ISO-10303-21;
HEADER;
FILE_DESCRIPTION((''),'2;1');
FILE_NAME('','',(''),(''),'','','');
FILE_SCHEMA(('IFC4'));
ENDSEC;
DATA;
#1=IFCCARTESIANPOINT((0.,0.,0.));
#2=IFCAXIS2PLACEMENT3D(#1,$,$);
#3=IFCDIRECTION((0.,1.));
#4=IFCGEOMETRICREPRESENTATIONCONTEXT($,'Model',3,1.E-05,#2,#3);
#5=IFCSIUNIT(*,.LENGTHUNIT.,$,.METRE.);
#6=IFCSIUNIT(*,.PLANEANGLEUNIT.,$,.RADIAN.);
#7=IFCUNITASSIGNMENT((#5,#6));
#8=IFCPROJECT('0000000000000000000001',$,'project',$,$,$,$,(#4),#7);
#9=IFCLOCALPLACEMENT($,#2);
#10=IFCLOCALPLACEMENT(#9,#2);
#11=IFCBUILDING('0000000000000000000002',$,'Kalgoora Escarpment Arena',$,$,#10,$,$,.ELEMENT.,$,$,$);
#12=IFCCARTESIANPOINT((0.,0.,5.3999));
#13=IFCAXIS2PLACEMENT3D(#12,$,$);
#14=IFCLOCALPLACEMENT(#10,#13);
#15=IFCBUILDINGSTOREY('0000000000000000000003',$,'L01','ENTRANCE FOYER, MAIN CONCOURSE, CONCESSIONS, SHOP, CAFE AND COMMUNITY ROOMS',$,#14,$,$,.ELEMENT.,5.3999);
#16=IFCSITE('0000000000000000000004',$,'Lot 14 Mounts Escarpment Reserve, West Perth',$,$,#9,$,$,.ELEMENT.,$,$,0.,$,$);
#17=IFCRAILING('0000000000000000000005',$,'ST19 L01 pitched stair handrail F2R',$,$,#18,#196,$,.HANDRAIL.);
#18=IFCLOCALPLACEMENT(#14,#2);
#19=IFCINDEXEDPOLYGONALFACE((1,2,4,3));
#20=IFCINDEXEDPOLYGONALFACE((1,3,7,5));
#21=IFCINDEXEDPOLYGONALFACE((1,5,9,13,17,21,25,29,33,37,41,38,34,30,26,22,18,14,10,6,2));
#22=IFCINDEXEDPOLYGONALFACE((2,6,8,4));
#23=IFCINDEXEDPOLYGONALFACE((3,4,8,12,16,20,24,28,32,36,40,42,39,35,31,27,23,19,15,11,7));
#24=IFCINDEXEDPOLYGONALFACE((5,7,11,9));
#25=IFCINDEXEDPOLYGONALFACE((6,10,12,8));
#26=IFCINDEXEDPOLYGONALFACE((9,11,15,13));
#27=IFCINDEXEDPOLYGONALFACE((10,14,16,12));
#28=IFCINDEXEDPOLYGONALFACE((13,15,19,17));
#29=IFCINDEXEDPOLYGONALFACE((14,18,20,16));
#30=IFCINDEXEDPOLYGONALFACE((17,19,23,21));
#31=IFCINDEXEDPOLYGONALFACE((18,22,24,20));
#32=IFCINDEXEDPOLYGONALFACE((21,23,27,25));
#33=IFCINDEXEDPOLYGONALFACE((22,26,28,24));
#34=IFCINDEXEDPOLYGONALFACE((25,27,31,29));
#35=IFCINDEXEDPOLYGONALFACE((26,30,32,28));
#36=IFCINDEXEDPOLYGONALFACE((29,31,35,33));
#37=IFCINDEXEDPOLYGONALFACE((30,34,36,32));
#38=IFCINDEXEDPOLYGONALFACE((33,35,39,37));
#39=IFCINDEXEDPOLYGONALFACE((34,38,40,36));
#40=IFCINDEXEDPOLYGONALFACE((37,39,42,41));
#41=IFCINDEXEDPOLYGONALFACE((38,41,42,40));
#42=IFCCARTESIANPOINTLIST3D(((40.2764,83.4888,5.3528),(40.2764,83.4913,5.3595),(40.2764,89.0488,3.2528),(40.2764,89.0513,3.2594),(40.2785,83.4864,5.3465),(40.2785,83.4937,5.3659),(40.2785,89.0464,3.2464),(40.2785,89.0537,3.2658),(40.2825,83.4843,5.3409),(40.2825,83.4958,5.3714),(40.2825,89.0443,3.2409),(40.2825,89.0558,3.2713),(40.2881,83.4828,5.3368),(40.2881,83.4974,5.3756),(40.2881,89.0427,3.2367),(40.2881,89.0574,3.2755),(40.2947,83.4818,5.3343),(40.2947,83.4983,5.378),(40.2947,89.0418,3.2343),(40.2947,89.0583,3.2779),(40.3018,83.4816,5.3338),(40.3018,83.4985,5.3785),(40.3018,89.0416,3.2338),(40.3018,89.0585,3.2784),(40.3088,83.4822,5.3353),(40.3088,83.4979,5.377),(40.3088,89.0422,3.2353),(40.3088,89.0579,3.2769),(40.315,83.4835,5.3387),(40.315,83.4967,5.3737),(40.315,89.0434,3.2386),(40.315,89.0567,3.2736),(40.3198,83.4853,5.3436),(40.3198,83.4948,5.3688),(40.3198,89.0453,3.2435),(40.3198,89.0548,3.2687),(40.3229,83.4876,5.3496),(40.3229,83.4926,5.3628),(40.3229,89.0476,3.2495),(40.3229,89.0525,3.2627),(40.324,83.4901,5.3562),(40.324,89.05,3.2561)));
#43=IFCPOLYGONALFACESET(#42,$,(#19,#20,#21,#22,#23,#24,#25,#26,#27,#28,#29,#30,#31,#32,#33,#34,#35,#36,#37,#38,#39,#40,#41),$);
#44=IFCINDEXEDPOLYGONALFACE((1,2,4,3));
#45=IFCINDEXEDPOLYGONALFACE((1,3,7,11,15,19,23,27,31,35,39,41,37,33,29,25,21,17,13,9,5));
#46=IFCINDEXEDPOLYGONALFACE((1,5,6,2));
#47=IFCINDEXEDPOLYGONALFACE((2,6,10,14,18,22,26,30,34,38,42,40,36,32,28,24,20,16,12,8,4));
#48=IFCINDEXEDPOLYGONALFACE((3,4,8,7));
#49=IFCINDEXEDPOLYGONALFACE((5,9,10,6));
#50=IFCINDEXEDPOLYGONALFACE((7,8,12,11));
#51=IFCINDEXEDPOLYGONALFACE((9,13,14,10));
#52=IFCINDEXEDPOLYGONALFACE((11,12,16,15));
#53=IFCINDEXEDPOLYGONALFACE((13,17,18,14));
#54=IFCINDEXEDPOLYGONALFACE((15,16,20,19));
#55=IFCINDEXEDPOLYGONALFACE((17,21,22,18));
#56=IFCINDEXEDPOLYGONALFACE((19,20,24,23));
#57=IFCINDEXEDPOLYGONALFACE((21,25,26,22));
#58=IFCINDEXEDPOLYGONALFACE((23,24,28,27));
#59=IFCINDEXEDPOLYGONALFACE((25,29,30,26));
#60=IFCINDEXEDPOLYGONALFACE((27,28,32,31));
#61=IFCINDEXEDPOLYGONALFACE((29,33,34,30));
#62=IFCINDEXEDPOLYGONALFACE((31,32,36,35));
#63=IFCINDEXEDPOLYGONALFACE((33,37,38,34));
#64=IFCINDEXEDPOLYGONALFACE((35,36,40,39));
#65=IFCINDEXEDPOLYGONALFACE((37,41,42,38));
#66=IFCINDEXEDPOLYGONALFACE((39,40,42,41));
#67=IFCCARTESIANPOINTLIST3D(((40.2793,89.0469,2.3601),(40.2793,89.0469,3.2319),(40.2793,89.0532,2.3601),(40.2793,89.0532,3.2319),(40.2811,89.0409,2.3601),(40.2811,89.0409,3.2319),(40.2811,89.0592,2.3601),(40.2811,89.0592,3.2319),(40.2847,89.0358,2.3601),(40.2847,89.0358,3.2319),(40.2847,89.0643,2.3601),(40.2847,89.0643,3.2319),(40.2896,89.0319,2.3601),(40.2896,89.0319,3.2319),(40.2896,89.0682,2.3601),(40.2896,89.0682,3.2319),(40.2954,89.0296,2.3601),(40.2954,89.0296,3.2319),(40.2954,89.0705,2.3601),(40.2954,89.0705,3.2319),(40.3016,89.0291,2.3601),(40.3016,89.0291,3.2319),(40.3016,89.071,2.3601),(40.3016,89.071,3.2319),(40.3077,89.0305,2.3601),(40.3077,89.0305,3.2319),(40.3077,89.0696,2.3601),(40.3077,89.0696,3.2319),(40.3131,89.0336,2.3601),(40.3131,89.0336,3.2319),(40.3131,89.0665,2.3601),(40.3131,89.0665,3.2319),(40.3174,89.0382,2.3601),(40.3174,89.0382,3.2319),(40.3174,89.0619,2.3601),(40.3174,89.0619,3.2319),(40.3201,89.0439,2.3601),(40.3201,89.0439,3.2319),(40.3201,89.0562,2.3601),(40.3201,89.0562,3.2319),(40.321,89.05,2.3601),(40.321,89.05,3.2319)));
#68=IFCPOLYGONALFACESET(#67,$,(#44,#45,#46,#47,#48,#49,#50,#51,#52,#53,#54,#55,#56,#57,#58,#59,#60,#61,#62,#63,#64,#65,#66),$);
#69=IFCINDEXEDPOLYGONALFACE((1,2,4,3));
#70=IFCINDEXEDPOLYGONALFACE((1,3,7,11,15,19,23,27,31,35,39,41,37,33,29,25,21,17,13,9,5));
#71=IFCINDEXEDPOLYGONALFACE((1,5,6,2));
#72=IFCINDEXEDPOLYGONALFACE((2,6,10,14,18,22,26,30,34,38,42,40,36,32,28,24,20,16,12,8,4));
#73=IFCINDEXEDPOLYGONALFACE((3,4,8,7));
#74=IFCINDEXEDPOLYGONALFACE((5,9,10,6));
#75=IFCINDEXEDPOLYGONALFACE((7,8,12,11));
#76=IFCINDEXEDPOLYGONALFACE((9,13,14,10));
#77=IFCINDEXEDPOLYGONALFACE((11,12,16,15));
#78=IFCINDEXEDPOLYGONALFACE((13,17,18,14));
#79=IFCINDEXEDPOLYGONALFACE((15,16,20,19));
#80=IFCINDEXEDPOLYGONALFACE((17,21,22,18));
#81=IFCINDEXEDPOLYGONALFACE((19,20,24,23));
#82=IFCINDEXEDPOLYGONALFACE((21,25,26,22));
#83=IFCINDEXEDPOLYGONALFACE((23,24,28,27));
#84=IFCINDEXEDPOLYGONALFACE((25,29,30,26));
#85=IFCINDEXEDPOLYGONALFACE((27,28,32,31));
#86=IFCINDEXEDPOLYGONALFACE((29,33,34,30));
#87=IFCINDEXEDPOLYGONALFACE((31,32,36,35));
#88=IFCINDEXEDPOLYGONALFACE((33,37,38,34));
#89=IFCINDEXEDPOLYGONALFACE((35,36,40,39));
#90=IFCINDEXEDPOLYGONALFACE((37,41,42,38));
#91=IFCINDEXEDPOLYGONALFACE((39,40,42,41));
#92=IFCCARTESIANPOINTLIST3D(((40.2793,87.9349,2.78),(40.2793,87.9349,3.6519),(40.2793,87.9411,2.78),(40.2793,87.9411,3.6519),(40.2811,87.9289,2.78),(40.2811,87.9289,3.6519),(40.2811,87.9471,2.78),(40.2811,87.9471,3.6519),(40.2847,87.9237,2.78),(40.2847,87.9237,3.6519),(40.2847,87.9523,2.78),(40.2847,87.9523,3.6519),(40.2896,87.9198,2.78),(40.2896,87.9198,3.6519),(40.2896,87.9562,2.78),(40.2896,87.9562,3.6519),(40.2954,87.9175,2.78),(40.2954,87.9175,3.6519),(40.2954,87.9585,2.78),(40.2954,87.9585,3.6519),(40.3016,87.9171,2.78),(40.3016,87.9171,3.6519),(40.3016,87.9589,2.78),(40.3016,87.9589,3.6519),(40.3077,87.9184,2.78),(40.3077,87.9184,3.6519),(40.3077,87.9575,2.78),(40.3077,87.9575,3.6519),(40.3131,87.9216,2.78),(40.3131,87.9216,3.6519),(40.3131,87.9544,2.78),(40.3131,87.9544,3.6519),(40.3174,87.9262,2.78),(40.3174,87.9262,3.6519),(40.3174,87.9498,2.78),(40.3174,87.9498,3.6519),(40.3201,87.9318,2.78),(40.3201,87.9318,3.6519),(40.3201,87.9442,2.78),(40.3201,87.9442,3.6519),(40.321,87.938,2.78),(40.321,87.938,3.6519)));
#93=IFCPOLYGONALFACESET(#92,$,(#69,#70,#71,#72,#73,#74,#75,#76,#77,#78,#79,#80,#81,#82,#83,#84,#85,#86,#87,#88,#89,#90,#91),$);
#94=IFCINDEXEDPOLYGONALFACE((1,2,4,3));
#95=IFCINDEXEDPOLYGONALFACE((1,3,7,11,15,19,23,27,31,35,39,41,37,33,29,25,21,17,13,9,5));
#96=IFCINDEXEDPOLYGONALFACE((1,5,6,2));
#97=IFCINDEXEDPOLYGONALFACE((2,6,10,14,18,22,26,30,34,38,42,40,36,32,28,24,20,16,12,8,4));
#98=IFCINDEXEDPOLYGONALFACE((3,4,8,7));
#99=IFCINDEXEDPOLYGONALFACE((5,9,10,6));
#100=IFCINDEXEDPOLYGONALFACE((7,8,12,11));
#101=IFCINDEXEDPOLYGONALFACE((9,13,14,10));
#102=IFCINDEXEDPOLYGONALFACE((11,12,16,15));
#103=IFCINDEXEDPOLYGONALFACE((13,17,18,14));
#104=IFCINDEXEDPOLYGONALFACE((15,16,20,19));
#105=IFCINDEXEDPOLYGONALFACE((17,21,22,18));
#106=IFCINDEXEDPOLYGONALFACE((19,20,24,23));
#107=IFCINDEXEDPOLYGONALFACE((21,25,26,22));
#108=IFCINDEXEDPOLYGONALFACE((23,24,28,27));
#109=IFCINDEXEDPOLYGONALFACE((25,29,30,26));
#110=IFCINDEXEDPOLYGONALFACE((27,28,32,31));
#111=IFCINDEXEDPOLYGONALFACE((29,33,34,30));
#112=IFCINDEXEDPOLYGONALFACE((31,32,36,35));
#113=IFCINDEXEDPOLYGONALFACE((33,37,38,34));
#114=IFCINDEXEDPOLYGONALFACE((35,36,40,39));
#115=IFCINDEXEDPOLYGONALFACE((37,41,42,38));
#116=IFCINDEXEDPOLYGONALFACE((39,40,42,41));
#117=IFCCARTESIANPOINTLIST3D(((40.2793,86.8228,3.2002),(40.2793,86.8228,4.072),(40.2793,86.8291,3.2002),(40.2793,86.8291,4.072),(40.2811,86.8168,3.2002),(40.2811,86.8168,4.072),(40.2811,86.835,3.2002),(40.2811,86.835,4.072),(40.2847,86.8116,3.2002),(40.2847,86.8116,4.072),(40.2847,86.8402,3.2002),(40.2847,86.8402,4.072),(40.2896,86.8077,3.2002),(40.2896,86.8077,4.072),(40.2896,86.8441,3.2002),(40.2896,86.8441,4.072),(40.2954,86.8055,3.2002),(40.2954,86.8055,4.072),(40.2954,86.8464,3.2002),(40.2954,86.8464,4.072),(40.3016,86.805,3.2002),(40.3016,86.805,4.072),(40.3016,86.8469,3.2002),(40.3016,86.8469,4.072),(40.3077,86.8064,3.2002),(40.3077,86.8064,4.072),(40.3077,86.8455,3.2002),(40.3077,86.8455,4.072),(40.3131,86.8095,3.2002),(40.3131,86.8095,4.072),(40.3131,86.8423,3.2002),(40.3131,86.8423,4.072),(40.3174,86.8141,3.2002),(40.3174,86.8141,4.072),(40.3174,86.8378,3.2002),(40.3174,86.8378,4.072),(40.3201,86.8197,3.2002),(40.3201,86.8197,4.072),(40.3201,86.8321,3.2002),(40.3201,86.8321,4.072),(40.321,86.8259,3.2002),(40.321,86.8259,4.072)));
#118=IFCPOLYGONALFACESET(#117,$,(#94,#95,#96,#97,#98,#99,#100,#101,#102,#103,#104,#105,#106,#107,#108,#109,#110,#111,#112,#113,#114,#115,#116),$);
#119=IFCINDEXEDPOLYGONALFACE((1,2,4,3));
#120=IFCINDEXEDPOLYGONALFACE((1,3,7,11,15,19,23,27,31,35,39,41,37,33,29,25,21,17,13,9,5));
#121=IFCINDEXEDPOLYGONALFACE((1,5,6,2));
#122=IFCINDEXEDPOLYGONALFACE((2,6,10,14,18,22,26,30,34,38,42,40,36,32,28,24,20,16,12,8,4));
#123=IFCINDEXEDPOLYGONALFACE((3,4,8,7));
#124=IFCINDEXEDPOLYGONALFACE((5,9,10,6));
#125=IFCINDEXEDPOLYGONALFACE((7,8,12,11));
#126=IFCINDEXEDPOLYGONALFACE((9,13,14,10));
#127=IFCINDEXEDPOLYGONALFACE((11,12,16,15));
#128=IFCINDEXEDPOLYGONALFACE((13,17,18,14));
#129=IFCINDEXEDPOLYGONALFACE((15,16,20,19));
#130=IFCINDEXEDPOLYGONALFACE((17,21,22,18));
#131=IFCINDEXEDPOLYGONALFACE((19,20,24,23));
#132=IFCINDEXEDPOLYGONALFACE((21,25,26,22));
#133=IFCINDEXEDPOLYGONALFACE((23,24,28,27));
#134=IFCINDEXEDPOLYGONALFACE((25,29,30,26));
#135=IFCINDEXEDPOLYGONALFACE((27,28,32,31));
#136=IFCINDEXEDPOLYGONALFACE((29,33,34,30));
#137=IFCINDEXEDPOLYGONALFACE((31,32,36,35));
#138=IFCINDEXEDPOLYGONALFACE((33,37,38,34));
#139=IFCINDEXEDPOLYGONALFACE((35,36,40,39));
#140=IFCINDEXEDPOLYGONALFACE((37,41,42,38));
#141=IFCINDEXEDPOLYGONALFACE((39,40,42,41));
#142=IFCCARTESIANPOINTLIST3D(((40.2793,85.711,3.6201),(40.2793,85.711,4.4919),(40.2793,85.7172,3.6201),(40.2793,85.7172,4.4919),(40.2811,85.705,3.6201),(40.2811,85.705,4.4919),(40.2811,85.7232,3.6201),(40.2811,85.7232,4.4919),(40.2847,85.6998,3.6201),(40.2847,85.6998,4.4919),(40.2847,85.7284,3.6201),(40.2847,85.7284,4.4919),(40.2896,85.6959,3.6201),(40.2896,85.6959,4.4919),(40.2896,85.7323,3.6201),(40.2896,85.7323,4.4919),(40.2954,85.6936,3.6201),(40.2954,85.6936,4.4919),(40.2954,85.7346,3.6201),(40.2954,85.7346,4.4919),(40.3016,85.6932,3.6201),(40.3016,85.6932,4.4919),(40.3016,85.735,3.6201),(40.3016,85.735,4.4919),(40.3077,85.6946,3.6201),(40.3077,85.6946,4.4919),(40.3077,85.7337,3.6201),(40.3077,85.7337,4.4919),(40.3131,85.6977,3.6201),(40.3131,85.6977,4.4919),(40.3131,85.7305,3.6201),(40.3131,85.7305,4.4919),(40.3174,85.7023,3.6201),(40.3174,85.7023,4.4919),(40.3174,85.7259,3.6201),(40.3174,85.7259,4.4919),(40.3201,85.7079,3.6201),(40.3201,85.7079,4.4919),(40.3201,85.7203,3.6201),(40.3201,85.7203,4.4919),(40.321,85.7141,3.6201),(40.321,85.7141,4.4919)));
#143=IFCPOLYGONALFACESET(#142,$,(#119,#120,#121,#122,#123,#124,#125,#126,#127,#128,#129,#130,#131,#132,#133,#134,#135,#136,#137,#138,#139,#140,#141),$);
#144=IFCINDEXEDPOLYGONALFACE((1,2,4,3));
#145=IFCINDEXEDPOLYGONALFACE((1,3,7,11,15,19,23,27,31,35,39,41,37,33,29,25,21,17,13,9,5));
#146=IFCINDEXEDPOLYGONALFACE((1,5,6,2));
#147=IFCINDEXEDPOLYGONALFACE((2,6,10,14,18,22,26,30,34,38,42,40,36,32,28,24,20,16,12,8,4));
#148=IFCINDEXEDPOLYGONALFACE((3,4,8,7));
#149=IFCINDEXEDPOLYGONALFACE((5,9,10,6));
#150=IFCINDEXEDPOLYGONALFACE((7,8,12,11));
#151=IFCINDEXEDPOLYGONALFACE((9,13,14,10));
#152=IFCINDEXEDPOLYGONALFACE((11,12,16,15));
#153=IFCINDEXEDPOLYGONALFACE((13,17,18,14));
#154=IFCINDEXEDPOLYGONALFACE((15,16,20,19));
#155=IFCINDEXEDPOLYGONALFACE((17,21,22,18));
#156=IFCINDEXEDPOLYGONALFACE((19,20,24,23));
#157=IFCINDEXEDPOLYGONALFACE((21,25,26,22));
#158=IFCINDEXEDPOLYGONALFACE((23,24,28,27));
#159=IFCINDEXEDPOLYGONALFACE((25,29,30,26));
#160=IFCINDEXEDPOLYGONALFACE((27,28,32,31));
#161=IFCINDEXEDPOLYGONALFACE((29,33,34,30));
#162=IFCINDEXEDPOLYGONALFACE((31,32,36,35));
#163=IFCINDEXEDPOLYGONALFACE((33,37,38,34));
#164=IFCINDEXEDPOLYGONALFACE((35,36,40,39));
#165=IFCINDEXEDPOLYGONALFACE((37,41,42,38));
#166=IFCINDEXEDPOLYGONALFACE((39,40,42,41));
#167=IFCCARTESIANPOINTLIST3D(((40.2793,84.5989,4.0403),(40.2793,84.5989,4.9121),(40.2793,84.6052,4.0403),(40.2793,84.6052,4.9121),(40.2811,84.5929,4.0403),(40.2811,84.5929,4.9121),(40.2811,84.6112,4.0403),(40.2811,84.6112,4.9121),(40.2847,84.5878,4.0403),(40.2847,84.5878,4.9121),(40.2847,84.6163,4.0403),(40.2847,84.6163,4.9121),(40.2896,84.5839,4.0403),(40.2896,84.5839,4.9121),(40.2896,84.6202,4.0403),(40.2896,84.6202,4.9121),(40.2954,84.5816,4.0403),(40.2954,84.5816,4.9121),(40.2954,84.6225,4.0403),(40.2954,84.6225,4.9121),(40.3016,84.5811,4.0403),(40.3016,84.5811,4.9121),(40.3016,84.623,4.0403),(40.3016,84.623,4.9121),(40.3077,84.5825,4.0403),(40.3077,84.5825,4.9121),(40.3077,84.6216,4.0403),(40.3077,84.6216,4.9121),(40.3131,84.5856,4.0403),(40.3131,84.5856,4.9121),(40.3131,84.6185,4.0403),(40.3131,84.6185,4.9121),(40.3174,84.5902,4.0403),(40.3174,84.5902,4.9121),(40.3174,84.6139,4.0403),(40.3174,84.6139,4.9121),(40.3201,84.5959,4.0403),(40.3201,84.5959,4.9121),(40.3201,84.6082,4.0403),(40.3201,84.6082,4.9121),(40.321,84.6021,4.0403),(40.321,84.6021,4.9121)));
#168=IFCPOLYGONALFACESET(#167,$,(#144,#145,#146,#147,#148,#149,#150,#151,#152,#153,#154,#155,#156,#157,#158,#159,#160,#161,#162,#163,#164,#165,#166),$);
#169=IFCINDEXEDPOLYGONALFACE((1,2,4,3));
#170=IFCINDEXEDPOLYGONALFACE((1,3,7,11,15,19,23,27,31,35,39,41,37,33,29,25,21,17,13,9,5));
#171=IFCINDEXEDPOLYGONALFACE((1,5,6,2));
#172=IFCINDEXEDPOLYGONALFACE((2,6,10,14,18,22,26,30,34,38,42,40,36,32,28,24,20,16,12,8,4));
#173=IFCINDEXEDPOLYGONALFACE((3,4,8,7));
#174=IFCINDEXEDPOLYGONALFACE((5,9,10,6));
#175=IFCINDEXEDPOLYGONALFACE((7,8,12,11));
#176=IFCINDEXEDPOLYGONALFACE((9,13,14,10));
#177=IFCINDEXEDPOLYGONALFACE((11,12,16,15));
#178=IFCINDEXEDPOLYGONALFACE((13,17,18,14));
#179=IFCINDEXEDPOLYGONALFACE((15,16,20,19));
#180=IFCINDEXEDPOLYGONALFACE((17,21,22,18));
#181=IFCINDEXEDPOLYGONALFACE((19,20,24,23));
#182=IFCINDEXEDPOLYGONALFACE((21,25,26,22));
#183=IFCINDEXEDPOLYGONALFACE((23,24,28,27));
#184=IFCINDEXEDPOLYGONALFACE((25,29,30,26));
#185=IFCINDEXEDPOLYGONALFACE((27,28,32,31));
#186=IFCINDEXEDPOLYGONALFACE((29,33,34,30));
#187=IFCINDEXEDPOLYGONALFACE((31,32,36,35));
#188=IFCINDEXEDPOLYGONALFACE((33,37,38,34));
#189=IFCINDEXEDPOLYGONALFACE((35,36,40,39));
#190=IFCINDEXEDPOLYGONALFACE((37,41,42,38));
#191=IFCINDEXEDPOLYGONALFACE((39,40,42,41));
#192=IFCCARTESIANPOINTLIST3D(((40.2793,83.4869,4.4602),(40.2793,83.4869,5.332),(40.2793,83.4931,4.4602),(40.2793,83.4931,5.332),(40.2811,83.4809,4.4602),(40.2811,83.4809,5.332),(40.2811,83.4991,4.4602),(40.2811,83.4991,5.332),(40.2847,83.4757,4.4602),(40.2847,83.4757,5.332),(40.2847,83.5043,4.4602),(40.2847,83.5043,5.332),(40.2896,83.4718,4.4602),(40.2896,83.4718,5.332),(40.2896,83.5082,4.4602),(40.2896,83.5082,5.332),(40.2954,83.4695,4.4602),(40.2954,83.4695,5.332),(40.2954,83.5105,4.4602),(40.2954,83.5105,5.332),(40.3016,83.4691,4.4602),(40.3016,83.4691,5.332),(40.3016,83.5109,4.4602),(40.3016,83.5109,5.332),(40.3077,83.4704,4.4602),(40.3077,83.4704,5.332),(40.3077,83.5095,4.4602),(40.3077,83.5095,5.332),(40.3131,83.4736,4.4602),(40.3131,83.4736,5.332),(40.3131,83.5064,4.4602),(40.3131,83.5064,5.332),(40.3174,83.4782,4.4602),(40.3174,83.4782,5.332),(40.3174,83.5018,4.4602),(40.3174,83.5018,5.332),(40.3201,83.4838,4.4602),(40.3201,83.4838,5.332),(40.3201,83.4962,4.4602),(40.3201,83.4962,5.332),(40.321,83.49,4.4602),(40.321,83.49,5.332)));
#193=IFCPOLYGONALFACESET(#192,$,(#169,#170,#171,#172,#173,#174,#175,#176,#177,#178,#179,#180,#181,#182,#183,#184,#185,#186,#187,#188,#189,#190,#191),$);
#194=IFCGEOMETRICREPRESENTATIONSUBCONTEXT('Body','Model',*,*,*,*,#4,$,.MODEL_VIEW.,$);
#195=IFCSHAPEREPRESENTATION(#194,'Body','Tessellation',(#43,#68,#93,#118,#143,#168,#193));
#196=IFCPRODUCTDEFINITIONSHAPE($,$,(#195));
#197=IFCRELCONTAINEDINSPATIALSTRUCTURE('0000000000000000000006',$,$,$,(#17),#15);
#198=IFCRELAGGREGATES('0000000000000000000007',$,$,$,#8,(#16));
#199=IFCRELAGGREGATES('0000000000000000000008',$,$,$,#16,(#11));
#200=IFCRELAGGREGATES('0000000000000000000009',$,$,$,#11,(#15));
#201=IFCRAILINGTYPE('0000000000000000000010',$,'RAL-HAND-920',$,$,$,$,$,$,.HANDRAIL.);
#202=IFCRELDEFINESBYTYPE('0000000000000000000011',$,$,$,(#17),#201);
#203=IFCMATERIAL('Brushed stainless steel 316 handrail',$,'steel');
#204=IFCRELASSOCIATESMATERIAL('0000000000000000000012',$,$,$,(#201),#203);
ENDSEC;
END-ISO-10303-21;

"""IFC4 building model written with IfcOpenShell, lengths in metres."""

from ifc_helpers import new_model, si_unit, direction, frame, origin, origin_2d, place, context, subcontext, project, spatial, circle, extrude, material, type_object, element, save


model = new_model("IFC4")

# Units and contexts
model_context = context("Model", 3, precision=1e-05, world=origin(), true_north=direction((0.0, 1.0)))
body_context = subcontext(model_context, "Body", "Model", "MODEL_VIEW")
ifc_project = project(units=[si_unit("LENGTHUNIT", "METRE"), si_unit("PLANEANGLEUNIT", "RADIAN")], contexts=[model_context])

# Site, building, storey
site_placement = place(None, origin())
site = spatial("IfcSite", under=ifc_project, at=site_placement, Name="Lot 14 Mounts Escarpment Reserve, West Perth", CompositionType="ELEMENT", RefElevation=0.0)
building_placement = place(site_placement, origin())
building = spatial("IfcBuilding", under=site, at=building_placement, Name="Kalgoora Escarpment Arena", CompositionType="ELEMENT")
storey_placement = place(building_placement, frame((0.0, 0.0, 5.3999)))
storey = spatial("IfcBuildingStorey", under=building, at=storey_placement, Name="L01", Description="ENTRANCE FOYER, MAIN CONCOURSE, CONCESSIONS, SHOP, CAFE AND COMMUNITY ROOMS", CompositionType="ELEMENT", Elevation=5.3999)

# Railing
ifc_material_1 = material(Name="Brushed stainless steel 316 handrail", Category="steel")
railing_type_1 = type_object("IfcRailingType", Name="RAL-HAND-920", PredefinedType="HANDRAIL", material=ifc_material_1)
for number, where, name in (
    (1, (40.3, 89.05, 2.3601), "ST19 L01 pitched stair handrail F2R"),
):
    element("IfcRailing", number, at=place(storey_placement, frame(where)), inside=storey, type_object=railing_type_1, Name=name, PredefinedType="HANDRAIL", context=body_context, shape_type="SweptSolid", body=[
        extrude(circle(Radius=0.0239, at=origin_2d()), frame((0.0, 0.0, 0.896), z_axis=(0.0, -0.935493, 0.353346), x_axis=(1.0, 0.0, 0.0)), (0.0, 0.0, 1.0), 5.9434),
        extrude(circle(Radius=0.021, at=origin_2d()), origin(), (0.0, 0.0, 1.0), 0.8718),
        extrude(circle(Radius=0.021, at=origin_2d()), frame((0.0, -1.1121, 0.4199)), (0.0, 0.0, 1.0), 0.8718),
        extrude(circle(Radius=0.021, at=origin_2d()), frame((0.0, -2.2241, 0.8401)), (0.0, 0.0, 1.0), 0.8718),
        extrude(circle(Radius=0.021, at=origin_2d()), frame((0.0, -3.3359, 1.26)), (0.0, 0.0, 1.0), 0.8718),
        extrude(circle(Radius=0.021, at=origin_2d()), frame((0.0, -4.448, 1.6802)), (0.0, 0.0, 1.0), 0.8718),
        extrude(circle(Radius=0.021, at=origin_2d()), frame((0.0, -5.5601, 2.1001)), (0.0, 0.0, 1.0), 0.8718),
    ])

save(model, "model.ifc")
